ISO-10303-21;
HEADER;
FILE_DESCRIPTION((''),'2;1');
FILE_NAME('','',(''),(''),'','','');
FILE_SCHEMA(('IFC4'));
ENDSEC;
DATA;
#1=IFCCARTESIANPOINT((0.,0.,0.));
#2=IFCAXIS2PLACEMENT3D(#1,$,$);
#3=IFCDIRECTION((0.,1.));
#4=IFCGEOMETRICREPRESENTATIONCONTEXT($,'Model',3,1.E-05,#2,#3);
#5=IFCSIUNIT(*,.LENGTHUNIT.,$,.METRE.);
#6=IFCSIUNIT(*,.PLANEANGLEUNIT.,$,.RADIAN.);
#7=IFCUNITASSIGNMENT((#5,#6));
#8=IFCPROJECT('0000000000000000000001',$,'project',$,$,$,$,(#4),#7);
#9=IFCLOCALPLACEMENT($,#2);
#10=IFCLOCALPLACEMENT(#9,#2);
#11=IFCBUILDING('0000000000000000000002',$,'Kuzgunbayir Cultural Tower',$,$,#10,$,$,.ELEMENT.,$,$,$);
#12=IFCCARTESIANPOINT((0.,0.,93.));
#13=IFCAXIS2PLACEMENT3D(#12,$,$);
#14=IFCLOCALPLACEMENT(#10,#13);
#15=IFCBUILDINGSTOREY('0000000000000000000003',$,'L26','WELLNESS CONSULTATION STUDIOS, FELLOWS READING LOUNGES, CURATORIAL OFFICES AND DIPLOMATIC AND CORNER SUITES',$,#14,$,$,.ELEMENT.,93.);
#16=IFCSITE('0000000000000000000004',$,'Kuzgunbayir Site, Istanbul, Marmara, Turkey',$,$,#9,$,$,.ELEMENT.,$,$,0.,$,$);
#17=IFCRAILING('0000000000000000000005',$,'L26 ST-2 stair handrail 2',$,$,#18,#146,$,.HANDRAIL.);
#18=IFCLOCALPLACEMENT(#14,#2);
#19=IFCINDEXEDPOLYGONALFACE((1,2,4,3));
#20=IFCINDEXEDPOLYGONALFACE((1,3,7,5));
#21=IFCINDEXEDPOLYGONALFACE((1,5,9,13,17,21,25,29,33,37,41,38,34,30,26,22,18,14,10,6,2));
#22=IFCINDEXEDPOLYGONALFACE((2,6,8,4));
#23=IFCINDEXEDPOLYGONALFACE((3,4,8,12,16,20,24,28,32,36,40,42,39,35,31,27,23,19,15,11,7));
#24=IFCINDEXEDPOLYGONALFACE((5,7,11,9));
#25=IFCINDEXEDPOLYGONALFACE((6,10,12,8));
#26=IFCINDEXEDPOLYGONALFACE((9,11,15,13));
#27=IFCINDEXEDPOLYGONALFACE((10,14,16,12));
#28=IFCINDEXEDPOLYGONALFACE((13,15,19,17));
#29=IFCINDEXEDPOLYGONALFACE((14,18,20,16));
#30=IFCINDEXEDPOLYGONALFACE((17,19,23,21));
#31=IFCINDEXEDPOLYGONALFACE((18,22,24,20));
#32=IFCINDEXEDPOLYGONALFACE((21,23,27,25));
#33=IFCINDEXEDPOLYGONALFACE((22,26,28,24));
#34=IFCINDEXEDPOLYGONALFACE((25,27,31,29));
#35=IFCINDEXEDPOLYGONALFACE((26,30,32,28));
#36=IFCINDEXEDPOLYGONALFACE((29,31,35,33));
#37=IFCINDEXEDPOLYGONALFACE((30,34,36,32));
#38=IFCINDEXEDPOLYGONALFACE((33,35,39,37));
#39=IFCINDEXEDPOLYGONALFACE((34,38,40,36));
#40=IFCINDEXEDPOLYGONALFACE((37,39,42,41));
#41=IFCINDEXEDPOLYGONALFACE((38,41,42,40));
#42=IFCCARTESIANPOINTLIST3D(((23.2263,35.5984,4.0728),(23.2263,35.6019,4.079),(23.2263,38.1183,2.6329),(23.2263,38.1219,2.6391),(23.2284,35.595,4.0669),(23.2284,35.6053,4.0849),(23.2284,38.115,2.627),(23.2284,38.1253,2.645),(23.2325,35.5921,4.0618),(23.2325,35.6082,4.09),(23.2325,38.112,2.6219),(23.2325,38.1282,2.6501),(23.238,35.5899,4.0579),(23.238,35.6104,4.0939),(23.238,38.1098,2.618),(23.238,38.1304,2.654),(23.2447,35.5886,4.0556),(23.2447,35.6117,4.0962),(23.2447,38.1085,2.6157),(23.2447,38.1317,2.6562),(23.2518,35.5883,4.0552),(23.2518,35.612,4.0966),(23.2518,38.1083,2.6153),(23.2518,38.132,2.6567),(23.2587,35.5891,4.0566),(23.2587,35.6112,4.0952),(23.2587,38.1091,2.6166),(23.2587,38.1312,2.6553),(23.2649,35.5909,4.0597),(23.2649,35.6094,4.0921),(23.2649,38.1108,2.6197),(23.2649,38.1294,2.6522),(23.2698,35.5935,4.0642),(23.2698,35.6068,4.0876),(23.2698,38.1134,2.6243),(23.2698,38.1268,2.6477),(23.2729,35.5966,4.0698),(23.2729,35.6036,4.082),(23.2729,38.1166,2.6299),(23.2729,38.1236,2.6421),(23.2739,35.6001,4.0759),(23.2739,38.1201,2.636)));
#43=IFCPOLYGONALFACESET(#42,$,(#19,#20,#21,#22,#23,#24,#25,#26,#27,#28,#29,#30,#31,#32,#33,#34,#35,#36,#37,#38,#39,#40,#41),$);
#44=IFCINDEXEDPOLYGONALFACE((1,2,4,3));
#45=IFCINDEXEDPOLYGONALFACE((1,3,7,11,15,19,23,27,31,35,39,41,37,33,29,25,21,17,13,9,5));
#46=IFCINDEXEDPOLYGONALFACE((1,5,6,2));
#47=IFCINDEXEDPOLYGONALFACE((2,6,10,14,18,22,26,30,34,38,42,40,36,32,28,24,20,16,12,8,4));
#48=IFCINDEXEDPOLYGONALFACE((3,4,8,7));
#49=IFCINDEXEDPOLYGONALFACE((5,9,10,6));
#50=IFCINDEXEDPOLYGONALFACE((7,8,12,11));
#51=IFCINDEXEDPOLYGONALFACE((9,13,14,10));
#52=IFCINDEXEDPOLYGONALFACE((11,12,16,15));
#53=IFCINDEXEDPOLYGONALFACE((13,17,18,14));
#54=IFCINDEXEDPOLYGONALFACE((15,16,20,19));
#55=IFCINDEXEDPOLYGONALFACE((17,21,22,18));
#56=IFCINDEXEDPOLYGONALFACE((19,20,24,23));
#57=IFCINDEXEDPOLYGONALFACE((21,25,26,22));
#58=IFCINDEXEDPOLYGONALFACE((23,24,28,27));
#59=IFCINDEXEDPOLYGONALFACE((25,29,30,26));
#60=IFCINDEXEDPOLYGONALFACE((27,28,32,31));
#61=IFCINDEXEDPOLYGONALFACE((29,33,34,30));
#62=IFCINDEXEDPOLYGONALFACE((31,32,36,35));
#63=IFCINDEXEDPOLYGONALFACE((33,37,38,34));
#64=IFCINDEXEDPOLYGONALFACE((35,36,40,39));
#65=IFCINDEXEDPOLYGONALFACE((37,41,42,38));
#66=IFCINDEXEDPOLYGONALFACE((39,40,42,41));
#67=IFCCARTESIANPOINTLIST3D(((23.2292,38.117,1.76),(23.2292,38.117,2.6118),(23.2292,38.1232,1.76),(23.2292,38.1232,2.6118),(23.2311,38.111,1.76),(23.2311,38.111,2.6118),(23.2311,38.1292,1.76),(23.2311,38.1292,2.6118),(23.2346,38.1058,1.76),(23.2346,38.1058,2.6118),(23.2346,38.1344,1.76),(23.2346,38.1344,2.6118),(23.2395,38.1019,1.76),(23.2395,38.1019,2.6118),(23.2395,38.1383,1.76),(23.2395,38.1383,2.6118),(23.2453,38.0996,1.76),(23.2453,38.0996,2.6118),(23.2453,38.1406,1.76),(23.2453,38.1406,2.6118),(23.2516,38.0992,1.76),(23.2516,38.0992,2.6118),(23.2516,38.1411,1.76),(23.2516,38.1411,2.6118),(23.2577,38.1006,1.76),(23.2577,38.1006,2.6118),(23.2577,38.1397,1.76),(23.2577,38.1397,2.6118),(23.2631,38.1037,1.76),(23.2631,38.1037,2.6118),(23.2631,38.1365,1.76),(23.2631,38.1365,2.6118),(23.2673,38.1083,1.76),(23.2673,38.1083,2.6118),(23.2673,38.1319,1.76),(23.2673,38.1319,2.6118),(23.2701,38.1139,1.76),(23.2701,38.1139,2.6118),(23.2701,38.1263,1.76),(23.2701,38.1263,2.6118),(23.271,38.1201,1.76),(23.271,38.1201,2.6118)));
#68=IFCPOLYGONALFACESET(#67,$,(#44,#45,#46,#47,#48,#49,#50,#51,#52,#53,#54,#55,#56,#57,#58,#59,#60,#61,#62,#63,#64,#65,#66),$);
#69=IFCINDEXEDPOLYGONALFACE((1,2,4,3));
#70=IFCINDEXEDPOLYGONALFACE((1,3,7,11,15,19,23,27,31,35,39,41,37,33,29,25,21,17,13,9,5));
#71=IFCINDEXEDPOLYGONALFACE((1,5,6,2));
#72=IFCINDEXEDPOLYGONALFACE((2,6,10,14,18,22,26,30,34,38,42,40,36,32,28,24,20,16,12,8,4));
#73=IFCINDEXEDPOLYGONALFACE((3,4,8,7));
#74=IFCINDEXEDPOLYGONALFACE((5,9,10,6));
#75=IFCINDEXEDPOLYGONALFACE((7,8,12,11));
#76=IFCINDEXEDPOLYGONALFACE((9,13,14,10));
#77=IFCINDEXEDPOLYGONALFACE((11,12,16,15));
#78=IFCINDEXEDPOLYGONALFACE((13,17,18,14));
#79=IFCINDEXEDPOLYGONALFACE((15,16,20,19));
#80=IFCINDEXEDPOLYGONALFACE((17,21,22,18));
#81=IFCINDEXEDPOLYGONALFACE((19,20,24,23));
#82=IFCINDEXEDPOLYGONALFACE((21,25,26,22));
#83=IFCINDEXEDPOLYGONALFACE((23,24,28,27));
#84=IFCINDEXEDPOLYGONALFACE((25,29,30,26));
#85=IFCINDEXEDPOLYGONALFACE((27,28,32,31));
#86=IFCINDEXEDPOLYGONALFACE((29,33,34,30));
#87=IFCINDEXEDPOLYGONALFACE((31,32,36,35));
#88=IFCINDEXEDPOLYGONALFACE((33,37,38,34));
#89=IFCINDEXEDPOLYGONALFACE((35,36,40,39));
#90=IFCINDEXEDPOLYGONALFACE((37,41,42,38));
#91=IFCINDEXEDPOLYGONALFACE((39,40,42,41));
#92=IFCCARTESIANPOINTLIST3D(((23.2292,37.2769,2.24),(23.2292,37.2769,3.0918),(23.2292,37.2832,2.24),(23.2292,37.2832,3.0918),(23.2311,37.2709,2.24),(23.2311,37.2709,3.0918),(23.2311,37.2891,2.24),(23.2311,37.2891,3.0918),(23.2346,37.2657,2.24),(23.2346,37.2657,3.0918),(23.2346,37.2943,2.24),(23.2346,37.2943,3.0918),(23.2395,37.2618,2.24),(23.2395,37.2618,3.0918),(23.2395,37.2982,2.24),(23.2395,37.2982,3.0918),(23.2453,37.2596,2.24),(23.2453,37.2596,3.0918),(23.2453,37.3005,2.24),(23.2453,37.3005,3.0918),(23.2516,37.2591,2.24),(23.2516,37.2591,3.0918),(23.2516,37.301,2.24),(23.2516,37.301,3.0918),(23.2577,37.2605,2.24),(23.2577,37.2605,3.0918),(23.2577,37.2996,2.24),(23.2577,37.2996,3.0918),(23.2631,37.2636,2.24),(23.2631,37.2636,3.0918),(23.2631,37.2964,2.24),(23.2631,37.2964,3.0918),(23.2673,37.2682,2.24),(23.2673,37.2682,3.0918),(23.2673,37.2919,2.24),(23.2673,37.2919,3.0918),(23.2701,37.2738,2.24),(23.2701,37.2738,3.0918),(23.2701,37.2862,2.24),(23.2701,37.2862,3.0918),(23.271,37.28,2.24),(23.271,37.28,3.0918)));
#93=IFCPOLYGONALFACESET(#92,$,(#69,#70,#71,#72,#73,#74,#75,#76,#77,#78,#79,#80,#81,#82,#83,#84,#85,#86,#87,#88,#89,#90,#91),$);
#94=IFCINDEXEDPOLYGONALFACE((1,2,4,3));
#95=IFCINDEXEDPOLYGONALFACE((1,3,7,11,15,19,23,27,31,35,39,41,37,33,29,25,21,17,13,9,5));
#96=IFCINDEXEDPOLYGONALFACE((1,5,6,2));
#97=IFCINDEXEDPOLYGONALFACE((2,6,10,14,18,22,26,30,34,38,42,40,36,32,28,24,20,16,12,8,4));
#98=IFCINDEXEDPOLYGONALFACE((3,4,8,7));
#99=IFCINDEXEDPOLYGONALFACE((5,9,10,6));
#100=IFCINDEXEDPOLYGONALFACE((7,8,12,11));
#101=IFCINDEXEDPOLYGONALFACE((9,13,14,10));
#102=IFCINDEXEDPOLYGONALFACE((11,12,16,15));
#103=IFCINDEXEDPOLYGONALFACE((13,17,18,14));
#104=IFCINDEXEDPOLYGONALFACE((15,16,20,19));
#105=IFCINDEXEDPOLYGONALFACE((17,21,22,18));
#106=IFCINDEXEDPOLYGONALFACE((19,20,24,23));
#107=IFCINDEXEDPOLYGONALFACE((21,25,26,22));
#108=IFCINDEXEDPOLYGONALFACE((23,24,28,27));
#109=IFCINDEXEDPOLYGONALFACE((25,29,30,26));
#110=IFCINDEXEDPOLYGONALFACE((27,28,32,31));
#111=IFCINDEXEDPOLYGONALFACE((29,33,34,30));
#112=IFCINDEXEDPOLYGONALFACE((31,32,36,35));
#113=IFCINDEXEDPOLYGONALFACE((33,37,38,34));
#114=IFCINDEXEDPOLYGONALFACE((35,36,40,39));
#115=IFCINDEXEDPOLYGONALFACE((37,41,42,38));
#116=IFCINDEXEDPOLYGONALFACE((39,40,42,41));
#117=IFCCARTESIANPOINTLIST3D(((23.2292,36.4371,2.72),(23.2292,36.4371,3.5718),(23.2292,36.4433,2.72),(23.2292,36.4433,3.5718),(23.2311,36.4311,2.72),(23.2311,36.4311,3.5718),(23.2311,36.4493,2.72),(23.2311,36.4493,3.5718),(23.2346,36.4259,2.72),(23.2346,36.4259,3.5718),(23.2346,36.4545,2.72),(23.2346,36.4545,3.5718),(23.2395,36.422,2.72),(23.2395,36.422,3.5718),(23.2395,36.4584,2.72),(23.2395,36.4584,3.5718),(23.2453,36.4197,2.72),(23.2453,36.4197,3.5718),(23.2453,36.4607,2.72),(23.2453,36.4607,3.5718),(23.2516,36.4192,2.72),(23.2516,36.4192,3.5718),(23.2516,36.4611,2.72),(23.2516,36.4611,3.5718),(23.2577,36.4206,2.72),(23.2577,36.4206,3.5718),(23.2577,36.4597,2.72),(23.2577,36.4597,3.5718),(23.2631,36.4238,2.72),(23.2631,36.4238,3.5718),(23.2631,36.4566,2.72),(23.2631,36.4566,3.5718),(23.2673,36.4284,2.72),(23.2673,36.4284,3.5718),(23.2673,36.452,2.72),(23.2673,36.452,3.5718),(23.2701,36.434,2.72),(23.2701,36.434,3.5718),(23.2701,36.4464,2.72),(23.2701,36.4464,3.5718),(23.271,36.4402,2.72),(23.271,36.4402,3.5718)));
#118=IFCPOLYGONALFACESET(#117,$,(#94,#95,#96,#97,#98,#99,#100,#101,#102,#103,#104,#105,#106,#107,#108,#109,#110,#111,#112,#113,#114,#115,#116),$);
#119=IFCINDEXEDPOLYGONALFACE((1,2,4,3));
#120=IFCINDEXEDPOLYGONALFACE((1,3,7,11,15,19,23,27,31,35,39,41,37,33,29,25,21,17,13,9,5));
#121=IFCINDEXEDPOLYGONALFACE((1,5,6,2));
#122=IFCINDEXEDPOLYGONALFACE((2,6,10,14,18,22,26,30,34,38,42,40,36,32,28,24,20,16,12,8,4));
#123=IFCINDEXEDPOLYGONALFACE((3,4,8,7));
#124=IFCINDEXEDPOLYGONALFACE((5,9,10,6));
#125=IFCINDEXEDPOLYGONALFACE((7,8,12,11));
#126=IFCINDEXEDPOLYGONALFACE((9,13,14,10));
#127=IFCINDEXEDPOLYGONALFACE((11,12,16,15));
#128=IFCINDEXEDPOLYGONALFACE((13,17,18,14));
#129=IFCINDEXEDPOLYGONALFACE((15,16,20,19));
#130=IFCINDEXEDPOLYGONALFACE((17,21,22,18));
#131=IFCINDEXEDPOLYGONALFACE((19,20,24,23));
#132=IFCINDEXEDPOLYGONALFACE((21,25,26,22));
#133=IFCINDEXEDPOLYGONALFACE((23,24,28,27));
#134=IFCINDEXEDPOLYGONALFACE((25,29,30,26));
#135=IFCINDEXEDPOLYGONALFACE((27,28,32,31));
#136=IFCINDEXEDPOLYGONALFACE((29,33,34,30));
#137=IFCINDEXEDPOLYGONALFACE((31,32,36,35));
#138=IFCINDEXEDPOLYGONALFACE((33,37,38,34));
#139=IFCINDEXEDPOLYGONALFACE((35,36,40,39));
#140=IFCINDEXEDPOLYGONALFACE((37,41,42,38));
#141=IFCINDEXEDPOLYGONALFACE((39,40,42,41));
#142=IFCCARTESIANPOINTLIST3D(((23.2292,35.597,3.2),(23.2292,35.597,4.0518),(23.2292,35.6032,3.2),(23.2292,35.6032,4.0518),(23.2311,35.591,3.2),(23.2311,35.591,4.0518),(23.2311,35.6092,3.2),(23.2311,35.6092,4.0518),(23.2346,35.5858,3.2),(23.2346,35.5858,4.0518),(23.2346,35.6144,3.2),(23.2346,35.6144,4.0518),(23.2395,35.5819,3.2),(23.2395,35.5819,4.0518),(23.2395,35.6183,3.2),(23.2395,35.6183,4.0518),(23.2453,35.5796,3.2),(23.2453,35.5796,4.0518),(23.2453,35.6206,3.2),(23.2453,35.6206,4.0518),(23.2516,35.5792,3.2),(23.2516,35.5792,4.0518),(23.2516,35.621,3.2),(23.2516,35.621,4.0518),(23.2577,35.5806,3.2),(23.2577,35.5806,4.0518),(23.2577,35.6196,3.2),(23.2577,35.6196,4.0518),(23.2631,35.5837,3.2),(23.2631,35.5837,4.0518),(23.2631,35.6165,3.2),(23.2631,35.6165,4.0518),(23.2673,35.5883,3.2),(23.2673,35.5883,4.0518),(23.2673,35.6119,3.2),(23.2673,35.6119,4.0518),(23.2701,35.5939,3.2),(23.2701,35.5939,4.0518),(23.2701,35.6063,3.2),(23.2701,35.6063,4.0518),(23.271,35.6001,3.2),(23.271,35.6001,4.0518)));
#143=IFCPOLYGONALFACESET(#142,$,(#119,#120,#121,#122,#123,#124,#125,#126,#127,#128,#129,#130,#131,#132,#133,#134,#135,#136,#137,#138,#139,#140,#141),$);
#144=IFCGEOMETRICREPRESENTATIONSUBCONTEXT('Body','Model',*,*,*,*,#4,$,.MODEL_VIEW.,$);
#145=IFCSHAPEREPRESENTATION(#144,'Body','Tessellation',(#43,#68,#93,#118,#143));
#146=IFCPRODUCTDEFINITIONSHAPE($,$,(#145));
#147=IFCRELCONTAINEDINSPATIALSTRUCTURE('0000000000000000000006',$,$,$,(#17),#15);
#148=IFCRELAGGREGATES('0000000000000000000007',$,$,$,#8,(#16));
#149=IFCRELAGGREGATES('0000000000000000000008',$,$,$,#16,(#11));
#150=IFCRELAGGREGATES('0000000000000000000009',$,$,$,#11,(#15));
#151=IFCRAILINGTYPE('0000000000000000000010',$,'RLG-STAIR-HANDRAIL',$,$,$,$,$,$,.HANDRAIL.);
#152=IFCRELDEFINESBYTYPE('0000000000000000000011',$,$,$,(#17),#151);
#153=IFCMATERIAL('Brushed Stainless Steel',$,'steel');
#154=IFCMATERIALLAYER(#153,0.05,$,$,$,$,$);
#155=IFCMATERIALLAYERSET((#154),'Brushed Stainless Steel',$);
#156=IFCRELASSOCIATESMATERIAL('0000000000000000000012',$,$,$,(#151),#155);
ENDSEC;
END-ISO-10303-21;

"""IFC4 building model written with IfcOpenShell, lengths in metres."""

from ifc_helpers import new_model, si_unit, direction, frame, origin, origin_2d, place, context, subcontext, project, spatial, circle, extrude, material, layer, layer_set, type_object, element, save


model = new_model("IFC4")

# Units and contexts
model_context = context("Model", 3, precision=1e-05, world=origin(), true_north=direction((0.0, 1.0)))
body_context = subcontext(model_context, "Body", "Model", "MODEL_VIEW")
ifc_project = project(units=[si_unit("LENGTHUNIT", "METRE"), si_unit("PLANEANGLEUNIT", "RADIAN")], contexts=[model_context])

# Site, building, storey
site_placement = place(None, origin())
site = spatial("IfcSite", under=ifc_project, at=site_placement, Name="Kuzgunbayir Site, Istanbul, Marmara, Turkey", CompositionType="ELEMENT", RefElevation=0.0)
building_placement = place(site_placement, origin())
building = spatial("IfcBuilding", under=site, at=building_placement, Name="Kuzgunbayir Cultural Tower", CompositionType="ELEMENT")
storey_placement = place(building_placement, frame((0.0, 0.0, 93.0)))
storey = spatial("IfcBuildingStorey", under=building, at=storey_placement, Name="L26", Description="WELLNESS CONSULTATION STUDIOS, FELLOWS READING LOUNGES, CURATORIAL OFFICES AND DIPLOMATIC AND CORNER SUITES", CompositionType="ELEMENT", Elevation=93.0)

# Shared definitions
ifc_material_1 = material(Name="Brushed Stainless Steel", Category="steel")

# Railing
ifc_layer_1 = layer(ifc_material_1, 0.05)
ifc_layer_set_1 = layer_set([ifc_layer_1], Name="Brushed Stainless Steel")
railing_type_1 = type_object("IfcRailingType", Name="RLG-STAIR-HANDRAIL", PredefinedType="HANDRAIL", material=ifc_layer_set_1)
railing_1_placement = place(storey_placement, frame((23.25, 38.1201, 1.76)))
element("IfcRailing", 1, at=railing_1_placement, inside=storey, type_object=railing_type_1, Name="L26 ST-2 stair handrail 2", PredefinedType="HANDRAIL", context=body_context, shape_type="SweptSolid", body=[
    extrude(circle(Radius=0.0239, at=origin_2d()), frame((0.0, 0.0, 0.876), z_axis=(0.0, -0.868253, 0.496121), x_axis=(1.0, 0.0, 0.0)), (0.0, 0.0, 1.0), 2.9023),
    extrude(circle(Radius=0.021, at=origin_2d()), origin(), (0.0, 0.0, 1.0), 0.8518),
    extrude(circle(Radius=0.021, at=origin_2d()), frame((0.0, -0.8401, 0.48)), (0.0, 0.0, 1.0), 0.8518),
    extrude(circle(Radius=0.021, at=origin_2d()), frame((0.0, -1.6799, 0.96)), (0.0, 0.0, 1.0), 0.8518),
    extrude(circle(Radius=0.021, at=origin_2d()), frame((0.0, -2.52, 1.4399)), (0.0, 0.0, 1.0), 0.8518),
])

save(model, "model.ifc")
